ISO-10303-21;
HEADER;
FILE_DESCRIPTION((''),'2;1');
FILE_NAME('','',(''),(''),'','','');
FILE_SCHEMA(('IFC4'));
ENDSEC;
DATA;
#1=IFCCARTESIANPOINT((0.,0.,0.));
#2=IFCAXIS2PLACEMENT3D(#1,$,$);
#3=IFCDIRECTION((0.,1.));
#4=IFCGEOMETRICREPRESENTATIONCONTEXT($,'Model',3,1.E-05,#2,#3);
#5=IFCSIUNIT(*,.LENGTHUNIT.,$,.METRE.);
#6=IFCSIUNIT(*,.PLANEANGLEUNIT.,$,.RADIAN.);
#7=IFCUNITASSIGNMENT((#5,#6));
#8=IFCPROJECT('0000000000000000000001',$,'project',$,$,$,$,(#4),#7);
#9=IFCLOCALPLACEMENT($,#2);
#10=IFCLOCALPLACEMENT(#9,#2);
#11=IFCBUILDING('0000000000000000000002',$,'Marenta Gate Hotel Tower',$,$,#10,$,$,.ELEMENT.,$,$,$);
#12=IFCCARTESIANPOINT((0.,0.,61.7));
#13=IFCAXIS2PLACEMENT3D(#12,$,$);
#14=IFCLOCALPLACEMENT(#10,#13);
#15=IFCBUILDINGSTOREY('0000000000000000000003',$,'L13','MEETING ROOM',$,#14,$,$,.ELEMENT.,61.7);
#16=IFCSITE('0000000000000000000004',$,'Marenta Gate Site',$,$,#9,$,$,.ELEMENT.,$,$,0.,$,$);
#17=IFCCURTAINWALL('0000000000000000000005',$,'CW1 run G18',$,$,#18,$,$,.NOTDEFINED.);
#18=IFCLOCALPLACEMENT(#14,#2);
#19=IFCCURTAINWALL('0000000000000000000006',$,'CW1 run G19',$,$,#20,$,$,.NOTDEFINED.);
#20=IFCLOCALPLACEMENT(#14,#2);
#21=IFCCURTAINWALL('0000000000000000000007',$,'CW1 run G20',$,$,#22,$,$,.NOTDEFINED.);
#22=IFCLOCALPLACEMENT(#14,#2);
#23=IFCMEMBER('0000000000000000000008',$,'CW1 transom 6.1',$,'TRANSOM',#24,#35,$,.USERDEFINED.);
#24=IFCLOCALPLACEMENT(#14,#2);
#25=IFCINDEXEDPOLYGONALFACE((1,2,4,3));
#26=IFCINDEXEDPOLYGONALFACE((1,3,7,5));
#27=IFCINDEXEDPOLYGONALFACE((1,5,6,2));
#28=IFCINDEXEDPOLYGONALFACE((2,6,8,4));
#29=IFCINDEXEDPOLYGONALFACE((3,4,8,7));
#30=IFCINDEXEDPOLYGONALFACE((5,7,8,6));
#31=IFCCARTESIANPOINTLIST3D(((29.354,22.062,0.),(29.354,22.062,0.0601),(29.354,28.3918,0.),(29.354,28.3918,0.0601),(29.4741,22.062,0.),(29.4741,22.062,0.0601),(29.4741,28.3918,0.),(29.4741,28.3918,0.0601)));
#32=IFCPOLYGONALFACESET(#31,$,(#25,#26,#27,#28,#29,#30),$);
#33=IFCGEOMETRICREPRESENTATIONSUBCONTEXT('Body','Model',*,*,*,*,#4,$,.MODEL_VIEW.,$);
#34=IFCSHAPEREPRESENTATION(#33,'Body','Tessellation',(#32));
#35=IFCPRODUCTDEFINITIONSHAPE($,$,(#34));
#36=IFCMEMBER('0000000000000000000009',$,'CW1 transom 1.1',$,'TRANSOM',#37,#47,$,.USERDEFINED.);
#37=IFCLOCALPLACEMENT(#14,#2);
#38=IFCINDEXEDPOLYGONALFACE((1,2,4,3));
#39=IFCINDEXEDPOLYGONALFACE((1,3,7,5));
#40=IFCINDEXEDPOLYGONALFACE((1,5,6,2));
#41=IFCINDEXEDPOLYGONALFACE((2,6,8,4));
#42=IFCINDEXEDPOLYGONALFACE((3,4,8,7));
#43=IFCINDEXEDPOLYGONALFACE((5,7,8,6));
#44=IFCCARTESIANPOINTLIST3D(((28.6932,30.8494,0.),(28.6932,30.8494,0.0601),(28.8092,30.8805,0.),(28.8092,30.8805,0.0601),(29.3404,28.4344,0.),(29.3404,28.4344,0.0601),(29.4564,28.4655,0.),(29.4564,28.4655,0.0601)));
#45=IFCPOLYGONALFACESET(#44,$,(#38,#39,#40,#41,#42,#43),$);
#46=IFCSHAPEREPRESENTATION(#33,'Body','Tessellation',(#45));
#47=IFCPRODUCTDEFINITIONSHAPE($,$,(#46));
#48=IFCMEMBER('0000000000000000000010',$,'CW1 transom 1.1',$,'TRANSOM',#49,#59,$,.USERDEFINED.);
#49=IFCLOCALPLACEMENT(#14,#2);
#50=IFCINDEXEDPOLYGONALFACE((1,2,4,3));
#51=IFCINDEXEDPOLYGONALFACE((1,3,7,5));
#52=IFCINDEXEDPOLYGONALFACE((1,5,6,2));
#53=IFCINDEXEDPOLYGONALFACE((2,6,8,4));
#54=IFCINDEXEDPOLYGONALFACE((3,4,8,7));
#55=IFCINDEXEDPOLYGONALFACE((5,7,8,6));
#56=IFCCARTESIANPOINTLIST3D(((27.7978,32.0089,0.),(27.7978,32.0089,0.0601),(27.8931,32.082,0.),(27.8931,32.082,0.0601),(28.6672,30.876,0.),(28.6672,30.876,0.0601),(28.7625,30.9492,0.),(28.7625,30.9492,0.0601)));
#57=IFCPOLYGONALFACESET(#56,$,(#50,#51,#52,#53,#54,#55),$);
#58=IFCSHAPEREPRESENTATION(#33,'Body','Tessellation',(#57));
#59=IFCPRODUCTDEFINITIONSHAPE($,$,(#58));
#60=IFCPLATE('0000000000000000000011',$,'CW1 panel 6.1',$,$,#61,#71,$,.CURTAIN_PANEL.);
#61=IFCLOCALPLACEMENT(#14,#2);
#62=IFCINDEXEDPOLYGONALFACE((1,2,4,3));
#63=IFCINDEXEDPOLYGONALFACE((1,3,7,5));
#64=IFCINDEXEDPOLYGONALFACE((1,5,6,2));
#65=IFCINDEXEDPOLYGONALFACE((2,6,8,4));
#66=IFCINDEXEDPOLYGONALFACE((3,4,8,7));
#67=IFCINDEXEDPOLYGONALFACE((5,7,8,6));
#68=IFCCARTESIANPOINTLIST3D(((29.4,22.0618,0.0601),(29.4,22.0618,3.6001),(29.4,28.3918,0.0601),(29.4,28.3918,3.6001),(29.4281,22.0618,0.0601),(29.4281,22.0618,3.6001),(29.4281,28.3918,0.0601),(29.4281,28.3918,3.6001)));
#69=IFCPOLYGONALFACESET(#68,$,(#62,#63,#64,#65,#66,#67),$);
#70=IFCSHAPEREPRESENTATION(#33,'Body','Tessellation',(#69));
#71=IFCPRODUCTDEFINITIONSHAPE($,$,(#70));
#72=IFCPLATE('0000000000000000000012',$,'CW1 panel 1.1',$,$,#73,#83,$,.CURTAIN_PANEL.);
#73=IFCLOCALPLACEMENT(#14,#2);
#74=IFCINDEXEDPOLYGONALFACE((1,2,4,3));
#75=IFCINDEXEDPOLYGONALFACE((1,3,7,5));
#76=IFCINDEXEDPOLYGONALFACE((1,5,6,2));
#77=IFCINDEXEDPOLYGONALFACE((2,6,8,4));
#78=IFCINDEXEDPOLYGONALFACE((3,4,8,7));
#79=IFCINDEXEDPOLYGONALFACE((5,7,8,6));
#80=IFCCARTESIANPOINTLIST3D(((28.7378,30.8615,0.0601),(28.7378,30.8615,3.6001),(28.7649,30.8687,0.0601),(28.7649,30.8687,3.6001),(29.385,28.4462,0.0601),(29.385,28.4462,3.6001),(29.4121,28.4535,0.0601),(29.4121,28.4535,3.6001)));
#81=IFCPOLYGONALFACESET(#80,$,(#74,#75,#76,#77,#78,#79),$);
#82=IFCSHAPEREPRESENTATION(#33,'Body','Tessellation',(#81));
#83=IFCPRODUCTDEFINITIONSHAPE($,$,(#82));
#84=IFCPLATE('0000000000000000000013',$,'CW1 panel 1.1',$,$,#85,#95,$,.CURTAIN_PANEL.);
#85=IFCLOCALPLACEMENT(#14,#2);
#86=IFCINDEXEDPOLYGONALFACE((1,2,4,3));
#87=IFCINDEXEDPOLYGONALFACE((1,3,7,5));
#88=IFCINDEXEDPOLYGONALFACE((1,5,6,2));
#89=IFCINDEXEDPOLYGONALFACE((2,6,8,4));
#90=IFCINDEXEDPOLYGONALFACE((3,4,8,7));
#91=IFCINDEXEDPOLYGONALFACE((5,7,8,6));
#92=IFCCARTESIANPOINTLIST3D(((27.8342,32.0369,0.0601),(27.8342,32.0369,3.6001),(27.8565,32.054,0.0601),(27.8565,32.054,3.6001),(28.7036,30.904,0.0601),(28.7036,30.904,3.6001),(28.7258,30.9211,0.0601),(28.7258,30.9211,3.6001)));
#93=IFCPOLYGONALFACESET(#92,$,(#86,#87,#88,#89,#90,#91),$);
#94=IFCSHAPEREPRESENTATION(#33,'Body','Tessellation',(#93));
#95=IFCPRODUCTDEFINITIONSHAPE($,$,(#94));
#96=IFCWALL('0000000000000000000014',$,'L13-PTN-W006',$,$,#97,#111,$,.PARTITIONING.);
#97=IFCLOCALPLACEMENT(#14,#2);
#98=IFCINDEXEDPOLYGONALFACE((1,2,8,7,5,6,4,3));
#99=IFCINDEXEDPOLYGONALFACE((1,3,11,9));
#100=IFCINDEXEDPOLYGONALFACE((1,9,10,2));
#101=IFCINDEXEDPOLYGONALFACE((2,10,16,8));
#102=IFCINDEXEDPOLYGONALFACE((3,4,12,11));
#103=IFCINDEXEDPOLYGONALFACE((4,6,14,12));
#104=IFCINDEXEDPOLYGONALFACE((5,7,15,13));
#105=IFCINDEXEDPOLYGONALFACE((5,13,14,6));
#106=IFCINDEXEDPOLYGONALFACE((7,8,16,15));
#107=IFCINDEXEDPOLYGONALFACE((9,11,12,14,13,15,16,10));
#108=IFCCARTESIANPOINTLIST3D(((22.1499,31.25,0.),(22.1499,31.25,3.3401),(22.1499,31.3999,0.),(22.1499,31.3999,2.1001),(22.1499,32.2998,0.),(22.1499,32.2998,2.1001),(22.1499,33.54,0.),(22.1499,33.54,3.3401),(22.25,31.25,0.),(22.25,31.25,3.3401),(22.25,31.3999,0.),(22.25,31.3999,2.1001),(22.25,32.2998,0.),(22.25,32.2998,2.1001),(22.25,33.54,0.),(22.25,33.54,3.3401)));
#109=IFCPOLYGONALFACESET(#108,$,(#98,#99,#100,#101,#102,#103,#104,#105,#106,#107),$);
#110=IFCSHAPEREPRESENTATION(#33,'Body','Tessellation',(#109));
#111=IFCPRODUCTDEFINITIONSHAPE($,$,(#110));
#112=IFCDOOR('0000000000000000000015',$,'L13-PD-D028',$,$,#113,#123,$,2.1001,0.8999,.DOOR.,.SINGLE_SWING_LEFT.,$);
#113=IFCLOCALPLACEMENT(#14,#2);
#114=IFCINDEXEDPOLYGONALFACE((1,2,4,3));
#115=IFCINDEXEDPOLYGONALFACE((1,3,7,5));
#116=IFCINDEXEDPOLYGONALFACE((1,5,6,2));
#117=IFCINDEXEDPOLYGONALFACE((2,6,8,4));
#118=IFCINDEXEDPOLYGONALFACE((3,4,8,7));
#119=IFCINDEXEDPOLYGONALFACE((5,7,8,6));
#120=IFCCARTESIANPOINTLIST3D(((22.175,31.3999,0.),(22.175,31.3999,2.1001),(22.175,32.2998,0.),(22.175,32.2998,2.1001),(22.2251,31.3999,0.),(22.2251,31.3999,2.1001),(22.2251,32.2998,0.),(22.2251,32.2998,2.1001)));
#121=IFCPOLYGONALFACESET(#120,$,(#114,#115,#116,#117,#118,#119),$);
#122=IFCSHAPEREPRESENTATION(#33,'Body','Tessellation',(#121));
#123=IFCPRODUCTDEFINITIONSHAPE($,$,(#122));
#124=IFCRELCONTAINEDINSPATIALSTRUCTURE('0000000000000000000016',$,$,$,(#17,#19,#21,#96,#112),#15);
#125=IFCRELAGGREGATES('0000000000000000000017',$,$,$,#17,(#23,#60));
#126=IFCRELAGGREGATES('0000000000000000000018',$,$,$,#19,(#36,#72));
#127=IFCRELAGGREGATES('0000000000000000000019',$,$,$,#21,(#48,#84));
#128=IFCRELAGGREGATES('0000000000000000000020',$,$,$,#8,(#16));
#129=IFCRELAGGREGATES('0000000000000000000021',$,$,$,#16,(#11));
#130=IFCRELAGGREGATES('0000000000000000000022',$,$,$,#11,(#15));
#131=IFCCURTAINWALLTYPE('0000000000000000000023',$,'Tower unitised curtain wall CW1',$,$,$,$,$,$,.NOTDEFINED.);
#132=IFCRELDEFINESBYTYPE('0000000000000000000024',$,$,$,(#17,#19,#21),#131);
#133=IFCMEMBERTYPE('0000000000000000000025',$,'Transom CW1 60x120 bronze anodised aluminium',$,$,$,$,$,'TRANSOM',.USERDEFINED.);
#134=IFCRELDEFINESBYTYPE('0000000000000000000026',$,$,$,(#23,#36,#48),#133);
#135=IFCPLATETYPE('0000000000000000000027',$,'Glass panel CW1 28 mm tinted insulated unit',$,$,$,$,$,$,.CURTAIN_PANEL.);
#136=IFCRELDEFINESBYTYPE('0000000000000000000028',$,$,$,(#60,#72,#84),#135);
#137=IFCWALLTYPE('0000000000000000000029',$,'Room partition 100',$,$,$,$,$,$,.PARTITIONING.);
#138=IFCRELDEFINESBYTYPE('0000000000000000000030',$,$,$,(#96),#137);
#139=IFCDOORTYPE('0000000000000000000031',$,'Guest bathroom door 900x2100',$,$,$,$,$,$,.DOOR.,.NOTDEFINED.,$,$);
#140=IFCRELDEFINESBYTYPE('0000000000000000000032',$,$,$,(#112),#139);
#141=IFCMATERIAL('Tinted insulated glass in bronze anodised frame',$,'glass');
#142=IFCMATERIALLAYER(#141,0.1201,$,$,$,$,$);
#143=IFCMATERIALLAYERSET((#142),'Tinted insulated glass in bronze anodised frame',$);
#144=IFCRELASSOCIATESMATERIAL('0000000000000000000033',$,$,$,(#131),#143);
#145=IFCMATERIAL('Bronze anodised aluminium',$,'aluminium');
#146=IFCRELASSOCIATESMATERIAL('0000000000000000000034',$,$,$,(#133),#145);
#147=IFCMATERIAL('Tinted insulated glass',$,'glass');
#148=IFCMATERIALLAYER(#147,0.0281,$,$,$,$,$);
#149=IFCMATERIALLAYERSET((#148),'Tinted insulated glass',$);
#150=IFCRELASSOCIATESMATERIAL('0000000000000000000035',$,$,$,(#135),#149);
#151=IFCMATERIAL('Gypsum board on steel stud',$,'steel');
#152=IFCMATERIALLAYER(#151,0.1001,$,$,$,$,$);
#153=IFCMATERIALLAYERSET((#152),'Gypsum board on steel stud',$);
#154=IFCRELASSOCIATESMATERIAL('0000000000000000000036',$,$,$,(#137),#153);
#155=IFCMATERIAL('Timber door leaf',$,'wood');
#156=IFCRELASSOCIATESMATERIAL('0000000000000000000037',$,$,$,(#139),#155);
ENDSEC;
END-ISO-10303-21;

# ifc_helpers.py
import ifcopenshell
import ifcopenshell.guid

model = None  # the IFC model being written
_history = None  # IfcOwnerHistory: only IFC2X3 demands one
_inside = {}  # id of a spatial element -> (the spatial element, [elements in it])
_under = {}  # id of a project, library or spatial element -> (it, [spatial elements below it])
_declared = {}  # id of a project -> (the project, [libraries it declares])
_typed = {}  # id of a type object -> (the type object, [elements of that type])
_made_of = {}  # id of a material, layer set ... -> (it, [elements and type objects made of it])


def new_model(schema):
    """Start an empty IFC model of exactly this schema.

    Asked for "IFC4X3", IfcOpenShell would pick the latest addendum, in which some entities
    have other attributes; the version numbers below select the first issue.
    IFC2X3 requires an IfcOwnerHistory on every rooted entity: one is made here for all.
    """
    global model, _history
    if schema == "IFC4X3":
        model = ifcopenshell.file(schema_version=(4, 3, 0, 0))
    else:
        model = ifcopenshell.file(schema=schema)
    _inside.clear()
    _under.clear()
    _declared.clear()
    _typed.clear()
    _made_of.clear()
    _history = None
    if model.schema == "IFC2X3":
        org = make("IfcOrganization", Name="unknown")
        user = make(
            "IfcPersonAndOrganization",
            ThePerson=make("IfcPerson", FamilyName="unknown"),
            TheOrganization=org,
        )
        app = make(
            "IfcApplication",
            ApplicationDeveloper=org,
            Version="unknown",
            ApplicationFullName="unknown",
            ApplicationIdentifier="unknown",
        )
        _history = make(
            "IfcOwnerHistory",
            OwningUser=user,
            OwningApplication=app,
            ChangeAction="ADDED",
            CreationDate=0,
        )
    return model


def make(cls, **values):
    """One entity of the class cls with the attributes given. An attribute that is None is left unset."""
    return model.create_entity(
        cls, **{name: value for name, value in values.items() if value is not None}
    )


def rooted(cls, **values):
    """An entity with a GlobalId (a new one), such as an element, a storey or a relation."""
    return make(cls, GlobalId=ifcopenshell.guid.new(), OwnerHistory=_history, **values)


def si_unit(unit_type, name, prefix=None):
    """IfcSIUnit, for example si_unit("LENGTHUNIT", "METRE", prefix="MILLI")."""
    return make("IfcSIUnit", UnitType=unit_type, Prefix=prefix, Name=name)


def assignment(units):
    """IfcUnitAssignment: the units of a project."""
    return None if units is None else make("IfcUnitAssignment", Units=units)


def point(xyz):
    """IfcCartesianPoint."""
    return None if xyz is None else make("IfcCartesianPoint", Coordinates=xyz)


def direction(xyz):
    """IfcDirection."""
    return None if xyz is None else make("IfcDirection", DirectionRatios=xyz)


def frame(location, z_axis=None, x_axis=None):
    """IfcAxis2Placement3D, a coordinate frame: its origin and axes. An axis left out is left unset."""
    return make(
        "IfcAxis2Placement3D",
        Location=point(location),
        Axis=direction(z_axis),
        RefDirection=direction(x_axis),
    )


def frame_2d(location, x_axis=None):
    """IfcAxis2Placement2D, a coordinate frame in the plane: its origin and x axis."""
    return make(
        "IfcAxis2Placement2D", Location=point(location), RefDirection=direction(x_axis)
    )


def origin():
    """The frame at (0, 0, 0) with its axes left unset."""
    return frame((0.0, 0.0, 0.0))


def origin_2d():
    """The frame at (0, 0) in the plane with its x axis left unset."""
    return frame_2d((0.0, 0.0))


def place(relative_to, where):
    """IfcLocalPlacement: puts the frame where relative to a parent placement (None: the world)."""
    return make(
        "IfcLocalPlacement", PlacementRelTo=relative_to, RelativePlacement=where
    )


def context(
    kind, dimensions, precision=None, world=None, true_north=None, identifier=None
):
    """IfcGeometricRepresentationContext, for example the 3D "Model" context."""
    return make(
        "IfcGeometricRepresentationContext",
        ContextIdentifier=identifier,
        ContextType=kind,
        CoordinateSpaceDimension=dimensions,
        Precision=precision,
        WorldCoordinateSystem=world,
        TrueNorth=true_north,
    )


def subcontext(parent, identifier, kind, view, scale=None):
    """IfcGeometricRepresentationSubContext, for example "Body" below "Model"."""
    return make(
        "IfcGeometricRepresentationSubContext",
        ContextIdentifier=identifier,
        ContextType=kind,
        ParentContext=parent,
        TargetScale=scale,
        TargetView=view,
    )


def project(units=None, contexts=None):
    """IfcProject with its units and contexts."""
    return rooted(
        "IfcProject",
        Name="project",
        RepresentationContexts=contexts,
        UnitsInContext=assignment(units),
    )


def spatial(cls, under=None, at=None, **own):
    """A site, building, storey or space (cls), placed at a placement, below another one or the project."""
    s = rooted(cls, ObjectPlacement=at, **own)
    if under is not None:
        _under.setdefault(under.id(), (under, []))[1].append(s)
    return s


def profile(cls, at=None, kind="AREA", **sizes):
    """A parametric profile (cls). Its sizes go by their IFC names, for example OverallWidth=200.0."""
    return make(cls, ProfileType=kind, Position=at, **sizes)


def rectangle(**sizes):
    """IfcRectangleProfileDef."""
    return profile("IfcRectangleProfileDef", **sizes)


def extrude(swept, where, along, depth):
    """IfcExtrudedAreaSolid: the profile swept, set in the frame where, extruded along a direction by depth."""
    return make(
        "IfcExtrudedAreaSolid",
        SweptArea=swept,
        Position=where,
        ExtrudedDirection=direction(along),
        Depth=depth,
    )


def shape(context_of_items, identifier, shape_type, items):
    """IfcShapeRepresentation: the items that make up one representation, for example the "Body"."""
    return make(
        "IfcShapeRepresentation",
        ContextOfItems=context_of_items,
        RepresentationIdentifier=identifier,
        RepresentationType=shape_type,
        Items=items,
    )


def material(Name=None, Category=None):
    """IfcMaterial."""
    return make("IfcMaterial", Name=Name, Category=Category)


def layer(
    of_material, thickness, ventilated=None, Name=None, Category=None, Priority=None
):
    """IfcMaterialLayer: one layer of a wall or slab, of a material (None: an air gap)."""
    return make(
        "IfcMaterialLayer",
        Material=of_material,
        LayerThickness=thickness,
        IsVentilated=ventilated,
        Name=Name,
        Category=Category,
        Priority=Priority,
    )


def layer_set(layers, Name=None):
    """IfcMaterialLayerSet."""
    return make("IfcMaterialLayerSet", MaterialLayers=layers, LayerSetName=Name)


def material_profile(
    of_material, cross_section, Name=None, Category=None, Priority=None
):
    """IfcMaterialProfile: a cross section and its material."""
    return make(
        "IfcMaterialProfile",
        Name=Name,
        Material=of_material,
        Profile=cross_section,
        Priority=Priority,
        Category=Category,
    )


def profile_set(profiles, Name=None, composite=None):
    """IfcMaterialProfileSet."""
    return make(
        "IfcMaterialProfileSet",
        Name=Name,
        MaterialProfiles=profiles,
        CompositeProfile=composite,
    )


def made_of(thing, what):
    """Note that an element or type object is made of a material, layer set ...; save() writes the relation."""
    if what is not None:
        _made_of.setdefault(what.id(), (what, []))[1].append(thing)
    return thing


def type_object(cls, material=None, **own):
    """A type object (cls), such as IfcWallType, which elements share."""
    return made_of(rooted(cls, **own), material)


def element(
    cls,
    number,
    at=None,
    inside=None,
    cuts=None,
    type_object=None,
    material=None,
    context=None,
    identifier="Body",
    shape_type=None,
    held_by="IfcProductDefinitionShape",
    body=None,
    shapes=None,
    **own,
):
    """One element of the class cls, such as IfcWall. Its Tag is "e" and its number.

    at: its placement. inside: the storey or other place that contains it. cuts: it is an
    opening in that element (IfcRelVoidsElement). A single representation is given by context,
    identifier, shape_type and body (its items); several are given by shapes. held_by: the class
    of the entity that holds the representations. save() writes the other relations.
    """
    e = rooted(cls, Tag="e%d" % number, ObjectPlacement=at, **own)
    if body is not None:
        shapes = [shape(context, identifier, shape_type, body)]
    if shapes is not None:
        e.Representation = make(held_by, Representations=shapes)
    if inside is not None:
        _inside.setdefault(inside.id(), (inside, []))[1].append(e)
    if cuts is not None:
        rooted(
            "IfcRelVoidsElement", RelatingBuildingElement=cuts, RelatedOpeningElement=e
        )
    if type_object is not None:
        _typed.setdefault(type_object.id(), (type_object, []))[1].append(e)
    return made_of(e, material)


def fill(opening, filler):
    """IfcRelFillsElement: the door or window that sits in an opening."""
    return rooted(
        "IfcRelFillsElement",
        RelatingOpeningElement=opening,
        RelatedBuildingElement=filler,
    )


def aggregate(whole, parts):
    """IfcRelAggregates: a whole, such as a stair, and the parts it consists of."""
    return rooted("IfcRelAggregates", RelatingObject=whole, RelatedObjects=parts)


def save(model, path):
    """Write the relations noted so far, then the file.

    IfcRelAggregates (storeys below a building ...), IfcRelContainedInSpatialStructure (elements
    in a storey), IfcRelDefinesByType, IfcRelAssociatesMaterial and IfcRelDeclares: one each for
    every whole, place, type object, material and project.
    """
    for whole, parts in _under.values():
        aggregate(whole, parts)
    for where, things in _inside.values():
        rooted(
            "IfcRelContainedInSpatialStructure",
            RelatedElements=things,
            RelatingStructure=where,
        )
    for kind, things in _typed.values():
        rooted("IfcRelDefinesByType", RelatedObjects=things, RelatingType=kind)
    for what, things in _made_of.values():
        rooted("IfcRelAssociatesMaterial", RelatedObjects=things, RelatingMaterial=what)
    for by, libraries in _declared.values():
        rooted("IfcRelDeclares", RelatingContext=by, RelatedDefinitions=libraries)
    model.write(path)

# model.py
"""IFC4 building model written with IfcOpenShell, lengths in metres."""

from ifc_helpers import new_model, si_unit, direction, frame, frame_2d, origin, origin_2d, place, context, subcontext, project, spatial, rectangle, extrude, material, layer, layer_set, material_profile, profile_set, type_object, element, fill, aggregate, save


model = new_model("IFC4")

# Units and contexts
model_context = context("Model", 3, precision=1e-05, world=origin(), true_north=direction((0.0, 1.0)))
body_context = subcontext(model_context, "Body", "Model", "MODEL_VIEW")
ifc_project = project(units=[si_unit("LENGTHUNIT", "METRE"), si_unit("PLANEANGLEUNIT", "RADIAN")], contexts=[model_context])

# Site, building, storey
site_placement = place(None, origin())
site = spatial("IfcSite", under=ifc_project, at=site_placement, Name="Marenta Gate Site", CompositionType="ELEMENT", RefElevation=0.0)
building_placement = place(site_placement, origin())
building = spatial("IfcBuilding", under=site, at=building_placement, Name="Marenta Gate Hotel Tower", CompositionType="ELEMENT")
storey_placement = place(building_placement, frame((0.0, 0.0, 61.7)))
storey = spatial("IfcBuildingStorey", under=building, at=storey_placement, Name="L13", Description="MEETING ROOM", CompositionType="ELEMENT", Elevation=61.7)

# Curtain walls
ifc_material_1 = material(Name="Tinted insulated glass in bronze anodised frame", Category="glass")
ifc_layer_1 = layer(ifc_material_1, 0.1201)
ifc_layer_set_1 = layer_set([ifc_layer_1], Name="Tinted insulated glass in bronze anodised frame")
curtain_wall_type = type_object("IfcCurtainWallType", Name="Tower unitised curtain wall CW1", PredefinedType="NOTDEFINED", material=ifc_layer_set_1)
curtain_wall_1_placement = place(storey_placement, origin())
curtain_wall_1 = element("IfcCurtainWall", 1, at=curtain_wall_1_placement, inside=storey, type_object=curtain_wall_type, Name="CW1 run G18", PredefinedType="NOTDEFINED")
curtain_wall_2_placement = place(storey_placement, origin())
curtain_wall_2 = element("IfcCurtainWall", 2, at=curtain_wall_2_placement, inside=storey, type_object=curtain_wall_type, Name="CW1 run G19", PredefinedType="NOTDEFINED")
curtain_wall_3_placement = place(storey_placement, origin())
curtain_wall_3 = element("IfcCurtainWall", 3, at=curtain_wall_3_placement, inside=storey, type_object=curtain_wall_type, Name="CW1 run G20", PredefinedType="NOTDEFINED")

# Members
ifc_material_2 = material(Name="Bronze anodised aluminium", Category="aluminium")
ifc_material_profile_1 = material_profile(ifc_material_2, rectangle(XDim=0.1201, YDim=0.0601, at=origin_2d()), Name="Transom CW1 60x120 bronze anodised aluminium")
ifc_profile_set_1 = profile_set([ifc_material_profile_1], Name="Bronze anodised aluminium")
member_type_1 = type_object("IfcMemberType", Name="Transom CW1 60x120 bronze anodised aluminium", ElementType="TRANSOM", PredefinedType="USERDEFINED", material=ifc_profile_set_1)
member_1_placement = place(storey_placement, frame((29.4141, 22.062, 0.03), z_axis=(0.0, 1.0, 0.0), x_axis=(-1.0, 0.0, 0.0)))
member_1 = element("IfcMember", 4, at=member_1_placement, type_object=member_type_1, Name="CW1 transom 6.1", ObjectType="TRANSOM", PredefinedType="USERDEFINED", context=body_context, shape_type="SweptSolid", body=[
    extrude(rectangle(XDim=0.1201, YDim=0.0601, at=origin_2d()), origin(), (0.0, 0.0, 1.0), 6.3298),
])
member_2_placement = place(storey_placement, frame((29.3984, 28.45, 0.03), z_axis=(-0.25886, 0.965915, 0.0), x_axis=(-0.965915, -0.25886, 0.0)))
member_2 = element("IfcMember", 5, at=member_2_placement, type_object=member_type_1, Name="CW1 transom 1.1", ObjectType="TRANSOM", PredefinedType="USERDEFINED", context=body_context, shape_type="SweptSolid", body=[
    extrude(rectangle(XDim=0.1201, YDim=0.0601, at=origin_2d()), origin(), (0.0, 0.0, 1.0), 2.5002),
])
member_3_placement = place(storey_placement, frame((28.7148, 30.9126, 0.03), z_axis=(-0.608826, 0.793304, 0.0), x_axis=(-0.793304, -0.608826, 0.0)))
member_3 = element("IfcMember", 6, at=member_3_placement, type_object=member_type_1, Name="CW1 transom 1.1", ObjectType="TRANSOM", PredefinedType="USERDEFINED", context=body_context, shape_type="SweptSolid", body=[
    extrude(rectangle(XDim=0.1201, YDim=0.0601, at=origin_2d()), origin(), (0.0, 0.0, 1.0), 1.428),
])

# Plates
ifc_material_3 = material(Name="Tinted insulated glass", Category="glass")
ifc_layer_2 = layer(ifc_material_3, 0.0281)
ifc_layer_set_2 = layer_set([ifc_layer_2], Name="Tinted insulated glass")
plate_type = type_object("IfcPlateType", Name="Glass panel CW1 28 mm tinted insulated unit", PredefinedType="CURTAIN_PANEL", material=ifc_layer_set_2)
plate_1_placement = place(storey_placement, frame((29.4141, 25.2268, 0.0601), z_axis=(0.0, 0.0, 1.0), x_axis=(0.0, 1.0, 0.0)))
plate_1 = element("IfcPlate", 7, at=plate_1_placement, type_object=plate_type, Name="CW1 panel 6.1", PredefinedType="CURTAIN_PANEL", context=body_context, shape_type="SweptSolid", body=[
    extrude(rectangle(XDim=6.3301, YDim=0.0281, at=origin_2d()), origin(), (0.0, 0.0, 1.0), 3.54),
])
aggregate(curtain_wall_1, [member_1, plate_1])
plate_2_placement = place(storey_placement, frame((29.075, 29.6575, 0.0601), z_axis=(0.0, 0.0, 1.0), x_axis=(-0.258822, 0.965925, 0.0)))
plate_2 = element("IfcPlate", 8, at=plate_2_placement, type_object=plate_type, Name="CW1 panel 1.1", PredefinedType="CURTAIN_PANEL", context=body_context, shape_type="SweptSolid", body=[
    extrude(rectangle(XDim=2.5005, YDim=0.0281, at=origin_2d()), origin(), (0.0, 0.0, 1.0), 3.54),
])
aggregate(curtain_wall_2, [member_2, plate_2])
plate_3_placement = place(storey_placement, frame((28.28, 31.479, 0.0601), z_axis=(0.0, 0.0, 1.0), x_axis=(-0.608781, 0.793338, 0.0)))
plate_3 = element("IfcPlate", 9, at=plate_3_placement, type_object=plate_type, Name="CW1 panel 1.1", PredefinedType="CURTAIN_PANEL", context=body_context, shape_type="SweptSolid", body=[
    extrude(rectangle(XDim=1.428, YDim=0.0281, at=origin_2d()), origin(), (0.0, 0.0, 1.0), 3.54),
])
aggregate(curtain_wall_3, [member_3, plate_3])

# Wall, opening, door
ifc_material_4 = material(Name="Gypsum board on steel stud", Category="steel")
ifc_layer_3 = layer(ifc_material_4, 0.1001)
ifc_layer_set_3 = layer_set([ifc_layer_3], Name="Gypsum board on steel stud")
wall_type = type_object("IfcWallType", Name="Room partition 100", PredefinedType="PARTITIONING", material=ifc_layer_set_3)
wall_placement = place(storey_placement, frame((22.2, 31.25, 0.0), z_axis=(0.0, 0.0, 1.0), x_axis=(0.0, 1.0, 0.0)))
wall = element("IfcWall", 10, at=wall_placement, inside=storey, type_object=wall_type, Name="L13-PTN-W006", PredefinedType="PARTITIONING", context=body_context, shape_type="SweptSolid", body=[
    extrude(rectangle(XDim=2.29, YDim=0.1001, at=frame_2d((1.145, 0.0))), origin(), (0.0, 0.0, 1.0), 3.3401),
])
opening_placement = place(wall_placement, frame((0.1499, 0.0, 0.0)))
opening = element("IfcOpeningElement", 11, at=opening_placement, cuts=wall, PredefinedType="OPENING", context=body_context, shape_type="SweptSolid", body=[
    extrude(rectangle(XDim=0.8999, YDim=2.1001, at=frame_2d((0.45, 1.05))), frame((0.0, 0.05, 0.0), z_axis=(0.0, -1.0, 0.0), x_axis=(1.0, 0.0, 0.0)), (0.0, 0.0, 1.0), 0.1001),
])
ifc_material_5 = material(Name="Timber door leaf", Category="wood")
door_type = type_object("IfcDoorType", Name="Guest bathroom door 900x2100", OperationType="NOTDEFINED", PredefinedType="DOOR", material=ifc_material_5)
door_placement = place(opening_placement, origin())
door = element("IfcDoor", 12, at=door_placement, inside=storey, type_object=door_type, Name="L13-PD-D028", OperationType="SINGLE_SWING_LEFT", OverallHeight=2.1001, OverallWidth=0.8999, PredefinedType="DOOR", context=body_context, shape_type="SweptSolid", body=[
    extrude(rectangle(XDim=0.8999, YDim=2.1001, at=frame_2d((0.45, 1.05))), frame((0.0, 0.0249, 0.0), z_axis=(0.0, -1.0, 0.0), x_axis=(1.0, 0.0, 0.0)), (0.0, 0.0, 1.0), 0.05),
])
fill(opening, door)

save(model, "model.ifc")
